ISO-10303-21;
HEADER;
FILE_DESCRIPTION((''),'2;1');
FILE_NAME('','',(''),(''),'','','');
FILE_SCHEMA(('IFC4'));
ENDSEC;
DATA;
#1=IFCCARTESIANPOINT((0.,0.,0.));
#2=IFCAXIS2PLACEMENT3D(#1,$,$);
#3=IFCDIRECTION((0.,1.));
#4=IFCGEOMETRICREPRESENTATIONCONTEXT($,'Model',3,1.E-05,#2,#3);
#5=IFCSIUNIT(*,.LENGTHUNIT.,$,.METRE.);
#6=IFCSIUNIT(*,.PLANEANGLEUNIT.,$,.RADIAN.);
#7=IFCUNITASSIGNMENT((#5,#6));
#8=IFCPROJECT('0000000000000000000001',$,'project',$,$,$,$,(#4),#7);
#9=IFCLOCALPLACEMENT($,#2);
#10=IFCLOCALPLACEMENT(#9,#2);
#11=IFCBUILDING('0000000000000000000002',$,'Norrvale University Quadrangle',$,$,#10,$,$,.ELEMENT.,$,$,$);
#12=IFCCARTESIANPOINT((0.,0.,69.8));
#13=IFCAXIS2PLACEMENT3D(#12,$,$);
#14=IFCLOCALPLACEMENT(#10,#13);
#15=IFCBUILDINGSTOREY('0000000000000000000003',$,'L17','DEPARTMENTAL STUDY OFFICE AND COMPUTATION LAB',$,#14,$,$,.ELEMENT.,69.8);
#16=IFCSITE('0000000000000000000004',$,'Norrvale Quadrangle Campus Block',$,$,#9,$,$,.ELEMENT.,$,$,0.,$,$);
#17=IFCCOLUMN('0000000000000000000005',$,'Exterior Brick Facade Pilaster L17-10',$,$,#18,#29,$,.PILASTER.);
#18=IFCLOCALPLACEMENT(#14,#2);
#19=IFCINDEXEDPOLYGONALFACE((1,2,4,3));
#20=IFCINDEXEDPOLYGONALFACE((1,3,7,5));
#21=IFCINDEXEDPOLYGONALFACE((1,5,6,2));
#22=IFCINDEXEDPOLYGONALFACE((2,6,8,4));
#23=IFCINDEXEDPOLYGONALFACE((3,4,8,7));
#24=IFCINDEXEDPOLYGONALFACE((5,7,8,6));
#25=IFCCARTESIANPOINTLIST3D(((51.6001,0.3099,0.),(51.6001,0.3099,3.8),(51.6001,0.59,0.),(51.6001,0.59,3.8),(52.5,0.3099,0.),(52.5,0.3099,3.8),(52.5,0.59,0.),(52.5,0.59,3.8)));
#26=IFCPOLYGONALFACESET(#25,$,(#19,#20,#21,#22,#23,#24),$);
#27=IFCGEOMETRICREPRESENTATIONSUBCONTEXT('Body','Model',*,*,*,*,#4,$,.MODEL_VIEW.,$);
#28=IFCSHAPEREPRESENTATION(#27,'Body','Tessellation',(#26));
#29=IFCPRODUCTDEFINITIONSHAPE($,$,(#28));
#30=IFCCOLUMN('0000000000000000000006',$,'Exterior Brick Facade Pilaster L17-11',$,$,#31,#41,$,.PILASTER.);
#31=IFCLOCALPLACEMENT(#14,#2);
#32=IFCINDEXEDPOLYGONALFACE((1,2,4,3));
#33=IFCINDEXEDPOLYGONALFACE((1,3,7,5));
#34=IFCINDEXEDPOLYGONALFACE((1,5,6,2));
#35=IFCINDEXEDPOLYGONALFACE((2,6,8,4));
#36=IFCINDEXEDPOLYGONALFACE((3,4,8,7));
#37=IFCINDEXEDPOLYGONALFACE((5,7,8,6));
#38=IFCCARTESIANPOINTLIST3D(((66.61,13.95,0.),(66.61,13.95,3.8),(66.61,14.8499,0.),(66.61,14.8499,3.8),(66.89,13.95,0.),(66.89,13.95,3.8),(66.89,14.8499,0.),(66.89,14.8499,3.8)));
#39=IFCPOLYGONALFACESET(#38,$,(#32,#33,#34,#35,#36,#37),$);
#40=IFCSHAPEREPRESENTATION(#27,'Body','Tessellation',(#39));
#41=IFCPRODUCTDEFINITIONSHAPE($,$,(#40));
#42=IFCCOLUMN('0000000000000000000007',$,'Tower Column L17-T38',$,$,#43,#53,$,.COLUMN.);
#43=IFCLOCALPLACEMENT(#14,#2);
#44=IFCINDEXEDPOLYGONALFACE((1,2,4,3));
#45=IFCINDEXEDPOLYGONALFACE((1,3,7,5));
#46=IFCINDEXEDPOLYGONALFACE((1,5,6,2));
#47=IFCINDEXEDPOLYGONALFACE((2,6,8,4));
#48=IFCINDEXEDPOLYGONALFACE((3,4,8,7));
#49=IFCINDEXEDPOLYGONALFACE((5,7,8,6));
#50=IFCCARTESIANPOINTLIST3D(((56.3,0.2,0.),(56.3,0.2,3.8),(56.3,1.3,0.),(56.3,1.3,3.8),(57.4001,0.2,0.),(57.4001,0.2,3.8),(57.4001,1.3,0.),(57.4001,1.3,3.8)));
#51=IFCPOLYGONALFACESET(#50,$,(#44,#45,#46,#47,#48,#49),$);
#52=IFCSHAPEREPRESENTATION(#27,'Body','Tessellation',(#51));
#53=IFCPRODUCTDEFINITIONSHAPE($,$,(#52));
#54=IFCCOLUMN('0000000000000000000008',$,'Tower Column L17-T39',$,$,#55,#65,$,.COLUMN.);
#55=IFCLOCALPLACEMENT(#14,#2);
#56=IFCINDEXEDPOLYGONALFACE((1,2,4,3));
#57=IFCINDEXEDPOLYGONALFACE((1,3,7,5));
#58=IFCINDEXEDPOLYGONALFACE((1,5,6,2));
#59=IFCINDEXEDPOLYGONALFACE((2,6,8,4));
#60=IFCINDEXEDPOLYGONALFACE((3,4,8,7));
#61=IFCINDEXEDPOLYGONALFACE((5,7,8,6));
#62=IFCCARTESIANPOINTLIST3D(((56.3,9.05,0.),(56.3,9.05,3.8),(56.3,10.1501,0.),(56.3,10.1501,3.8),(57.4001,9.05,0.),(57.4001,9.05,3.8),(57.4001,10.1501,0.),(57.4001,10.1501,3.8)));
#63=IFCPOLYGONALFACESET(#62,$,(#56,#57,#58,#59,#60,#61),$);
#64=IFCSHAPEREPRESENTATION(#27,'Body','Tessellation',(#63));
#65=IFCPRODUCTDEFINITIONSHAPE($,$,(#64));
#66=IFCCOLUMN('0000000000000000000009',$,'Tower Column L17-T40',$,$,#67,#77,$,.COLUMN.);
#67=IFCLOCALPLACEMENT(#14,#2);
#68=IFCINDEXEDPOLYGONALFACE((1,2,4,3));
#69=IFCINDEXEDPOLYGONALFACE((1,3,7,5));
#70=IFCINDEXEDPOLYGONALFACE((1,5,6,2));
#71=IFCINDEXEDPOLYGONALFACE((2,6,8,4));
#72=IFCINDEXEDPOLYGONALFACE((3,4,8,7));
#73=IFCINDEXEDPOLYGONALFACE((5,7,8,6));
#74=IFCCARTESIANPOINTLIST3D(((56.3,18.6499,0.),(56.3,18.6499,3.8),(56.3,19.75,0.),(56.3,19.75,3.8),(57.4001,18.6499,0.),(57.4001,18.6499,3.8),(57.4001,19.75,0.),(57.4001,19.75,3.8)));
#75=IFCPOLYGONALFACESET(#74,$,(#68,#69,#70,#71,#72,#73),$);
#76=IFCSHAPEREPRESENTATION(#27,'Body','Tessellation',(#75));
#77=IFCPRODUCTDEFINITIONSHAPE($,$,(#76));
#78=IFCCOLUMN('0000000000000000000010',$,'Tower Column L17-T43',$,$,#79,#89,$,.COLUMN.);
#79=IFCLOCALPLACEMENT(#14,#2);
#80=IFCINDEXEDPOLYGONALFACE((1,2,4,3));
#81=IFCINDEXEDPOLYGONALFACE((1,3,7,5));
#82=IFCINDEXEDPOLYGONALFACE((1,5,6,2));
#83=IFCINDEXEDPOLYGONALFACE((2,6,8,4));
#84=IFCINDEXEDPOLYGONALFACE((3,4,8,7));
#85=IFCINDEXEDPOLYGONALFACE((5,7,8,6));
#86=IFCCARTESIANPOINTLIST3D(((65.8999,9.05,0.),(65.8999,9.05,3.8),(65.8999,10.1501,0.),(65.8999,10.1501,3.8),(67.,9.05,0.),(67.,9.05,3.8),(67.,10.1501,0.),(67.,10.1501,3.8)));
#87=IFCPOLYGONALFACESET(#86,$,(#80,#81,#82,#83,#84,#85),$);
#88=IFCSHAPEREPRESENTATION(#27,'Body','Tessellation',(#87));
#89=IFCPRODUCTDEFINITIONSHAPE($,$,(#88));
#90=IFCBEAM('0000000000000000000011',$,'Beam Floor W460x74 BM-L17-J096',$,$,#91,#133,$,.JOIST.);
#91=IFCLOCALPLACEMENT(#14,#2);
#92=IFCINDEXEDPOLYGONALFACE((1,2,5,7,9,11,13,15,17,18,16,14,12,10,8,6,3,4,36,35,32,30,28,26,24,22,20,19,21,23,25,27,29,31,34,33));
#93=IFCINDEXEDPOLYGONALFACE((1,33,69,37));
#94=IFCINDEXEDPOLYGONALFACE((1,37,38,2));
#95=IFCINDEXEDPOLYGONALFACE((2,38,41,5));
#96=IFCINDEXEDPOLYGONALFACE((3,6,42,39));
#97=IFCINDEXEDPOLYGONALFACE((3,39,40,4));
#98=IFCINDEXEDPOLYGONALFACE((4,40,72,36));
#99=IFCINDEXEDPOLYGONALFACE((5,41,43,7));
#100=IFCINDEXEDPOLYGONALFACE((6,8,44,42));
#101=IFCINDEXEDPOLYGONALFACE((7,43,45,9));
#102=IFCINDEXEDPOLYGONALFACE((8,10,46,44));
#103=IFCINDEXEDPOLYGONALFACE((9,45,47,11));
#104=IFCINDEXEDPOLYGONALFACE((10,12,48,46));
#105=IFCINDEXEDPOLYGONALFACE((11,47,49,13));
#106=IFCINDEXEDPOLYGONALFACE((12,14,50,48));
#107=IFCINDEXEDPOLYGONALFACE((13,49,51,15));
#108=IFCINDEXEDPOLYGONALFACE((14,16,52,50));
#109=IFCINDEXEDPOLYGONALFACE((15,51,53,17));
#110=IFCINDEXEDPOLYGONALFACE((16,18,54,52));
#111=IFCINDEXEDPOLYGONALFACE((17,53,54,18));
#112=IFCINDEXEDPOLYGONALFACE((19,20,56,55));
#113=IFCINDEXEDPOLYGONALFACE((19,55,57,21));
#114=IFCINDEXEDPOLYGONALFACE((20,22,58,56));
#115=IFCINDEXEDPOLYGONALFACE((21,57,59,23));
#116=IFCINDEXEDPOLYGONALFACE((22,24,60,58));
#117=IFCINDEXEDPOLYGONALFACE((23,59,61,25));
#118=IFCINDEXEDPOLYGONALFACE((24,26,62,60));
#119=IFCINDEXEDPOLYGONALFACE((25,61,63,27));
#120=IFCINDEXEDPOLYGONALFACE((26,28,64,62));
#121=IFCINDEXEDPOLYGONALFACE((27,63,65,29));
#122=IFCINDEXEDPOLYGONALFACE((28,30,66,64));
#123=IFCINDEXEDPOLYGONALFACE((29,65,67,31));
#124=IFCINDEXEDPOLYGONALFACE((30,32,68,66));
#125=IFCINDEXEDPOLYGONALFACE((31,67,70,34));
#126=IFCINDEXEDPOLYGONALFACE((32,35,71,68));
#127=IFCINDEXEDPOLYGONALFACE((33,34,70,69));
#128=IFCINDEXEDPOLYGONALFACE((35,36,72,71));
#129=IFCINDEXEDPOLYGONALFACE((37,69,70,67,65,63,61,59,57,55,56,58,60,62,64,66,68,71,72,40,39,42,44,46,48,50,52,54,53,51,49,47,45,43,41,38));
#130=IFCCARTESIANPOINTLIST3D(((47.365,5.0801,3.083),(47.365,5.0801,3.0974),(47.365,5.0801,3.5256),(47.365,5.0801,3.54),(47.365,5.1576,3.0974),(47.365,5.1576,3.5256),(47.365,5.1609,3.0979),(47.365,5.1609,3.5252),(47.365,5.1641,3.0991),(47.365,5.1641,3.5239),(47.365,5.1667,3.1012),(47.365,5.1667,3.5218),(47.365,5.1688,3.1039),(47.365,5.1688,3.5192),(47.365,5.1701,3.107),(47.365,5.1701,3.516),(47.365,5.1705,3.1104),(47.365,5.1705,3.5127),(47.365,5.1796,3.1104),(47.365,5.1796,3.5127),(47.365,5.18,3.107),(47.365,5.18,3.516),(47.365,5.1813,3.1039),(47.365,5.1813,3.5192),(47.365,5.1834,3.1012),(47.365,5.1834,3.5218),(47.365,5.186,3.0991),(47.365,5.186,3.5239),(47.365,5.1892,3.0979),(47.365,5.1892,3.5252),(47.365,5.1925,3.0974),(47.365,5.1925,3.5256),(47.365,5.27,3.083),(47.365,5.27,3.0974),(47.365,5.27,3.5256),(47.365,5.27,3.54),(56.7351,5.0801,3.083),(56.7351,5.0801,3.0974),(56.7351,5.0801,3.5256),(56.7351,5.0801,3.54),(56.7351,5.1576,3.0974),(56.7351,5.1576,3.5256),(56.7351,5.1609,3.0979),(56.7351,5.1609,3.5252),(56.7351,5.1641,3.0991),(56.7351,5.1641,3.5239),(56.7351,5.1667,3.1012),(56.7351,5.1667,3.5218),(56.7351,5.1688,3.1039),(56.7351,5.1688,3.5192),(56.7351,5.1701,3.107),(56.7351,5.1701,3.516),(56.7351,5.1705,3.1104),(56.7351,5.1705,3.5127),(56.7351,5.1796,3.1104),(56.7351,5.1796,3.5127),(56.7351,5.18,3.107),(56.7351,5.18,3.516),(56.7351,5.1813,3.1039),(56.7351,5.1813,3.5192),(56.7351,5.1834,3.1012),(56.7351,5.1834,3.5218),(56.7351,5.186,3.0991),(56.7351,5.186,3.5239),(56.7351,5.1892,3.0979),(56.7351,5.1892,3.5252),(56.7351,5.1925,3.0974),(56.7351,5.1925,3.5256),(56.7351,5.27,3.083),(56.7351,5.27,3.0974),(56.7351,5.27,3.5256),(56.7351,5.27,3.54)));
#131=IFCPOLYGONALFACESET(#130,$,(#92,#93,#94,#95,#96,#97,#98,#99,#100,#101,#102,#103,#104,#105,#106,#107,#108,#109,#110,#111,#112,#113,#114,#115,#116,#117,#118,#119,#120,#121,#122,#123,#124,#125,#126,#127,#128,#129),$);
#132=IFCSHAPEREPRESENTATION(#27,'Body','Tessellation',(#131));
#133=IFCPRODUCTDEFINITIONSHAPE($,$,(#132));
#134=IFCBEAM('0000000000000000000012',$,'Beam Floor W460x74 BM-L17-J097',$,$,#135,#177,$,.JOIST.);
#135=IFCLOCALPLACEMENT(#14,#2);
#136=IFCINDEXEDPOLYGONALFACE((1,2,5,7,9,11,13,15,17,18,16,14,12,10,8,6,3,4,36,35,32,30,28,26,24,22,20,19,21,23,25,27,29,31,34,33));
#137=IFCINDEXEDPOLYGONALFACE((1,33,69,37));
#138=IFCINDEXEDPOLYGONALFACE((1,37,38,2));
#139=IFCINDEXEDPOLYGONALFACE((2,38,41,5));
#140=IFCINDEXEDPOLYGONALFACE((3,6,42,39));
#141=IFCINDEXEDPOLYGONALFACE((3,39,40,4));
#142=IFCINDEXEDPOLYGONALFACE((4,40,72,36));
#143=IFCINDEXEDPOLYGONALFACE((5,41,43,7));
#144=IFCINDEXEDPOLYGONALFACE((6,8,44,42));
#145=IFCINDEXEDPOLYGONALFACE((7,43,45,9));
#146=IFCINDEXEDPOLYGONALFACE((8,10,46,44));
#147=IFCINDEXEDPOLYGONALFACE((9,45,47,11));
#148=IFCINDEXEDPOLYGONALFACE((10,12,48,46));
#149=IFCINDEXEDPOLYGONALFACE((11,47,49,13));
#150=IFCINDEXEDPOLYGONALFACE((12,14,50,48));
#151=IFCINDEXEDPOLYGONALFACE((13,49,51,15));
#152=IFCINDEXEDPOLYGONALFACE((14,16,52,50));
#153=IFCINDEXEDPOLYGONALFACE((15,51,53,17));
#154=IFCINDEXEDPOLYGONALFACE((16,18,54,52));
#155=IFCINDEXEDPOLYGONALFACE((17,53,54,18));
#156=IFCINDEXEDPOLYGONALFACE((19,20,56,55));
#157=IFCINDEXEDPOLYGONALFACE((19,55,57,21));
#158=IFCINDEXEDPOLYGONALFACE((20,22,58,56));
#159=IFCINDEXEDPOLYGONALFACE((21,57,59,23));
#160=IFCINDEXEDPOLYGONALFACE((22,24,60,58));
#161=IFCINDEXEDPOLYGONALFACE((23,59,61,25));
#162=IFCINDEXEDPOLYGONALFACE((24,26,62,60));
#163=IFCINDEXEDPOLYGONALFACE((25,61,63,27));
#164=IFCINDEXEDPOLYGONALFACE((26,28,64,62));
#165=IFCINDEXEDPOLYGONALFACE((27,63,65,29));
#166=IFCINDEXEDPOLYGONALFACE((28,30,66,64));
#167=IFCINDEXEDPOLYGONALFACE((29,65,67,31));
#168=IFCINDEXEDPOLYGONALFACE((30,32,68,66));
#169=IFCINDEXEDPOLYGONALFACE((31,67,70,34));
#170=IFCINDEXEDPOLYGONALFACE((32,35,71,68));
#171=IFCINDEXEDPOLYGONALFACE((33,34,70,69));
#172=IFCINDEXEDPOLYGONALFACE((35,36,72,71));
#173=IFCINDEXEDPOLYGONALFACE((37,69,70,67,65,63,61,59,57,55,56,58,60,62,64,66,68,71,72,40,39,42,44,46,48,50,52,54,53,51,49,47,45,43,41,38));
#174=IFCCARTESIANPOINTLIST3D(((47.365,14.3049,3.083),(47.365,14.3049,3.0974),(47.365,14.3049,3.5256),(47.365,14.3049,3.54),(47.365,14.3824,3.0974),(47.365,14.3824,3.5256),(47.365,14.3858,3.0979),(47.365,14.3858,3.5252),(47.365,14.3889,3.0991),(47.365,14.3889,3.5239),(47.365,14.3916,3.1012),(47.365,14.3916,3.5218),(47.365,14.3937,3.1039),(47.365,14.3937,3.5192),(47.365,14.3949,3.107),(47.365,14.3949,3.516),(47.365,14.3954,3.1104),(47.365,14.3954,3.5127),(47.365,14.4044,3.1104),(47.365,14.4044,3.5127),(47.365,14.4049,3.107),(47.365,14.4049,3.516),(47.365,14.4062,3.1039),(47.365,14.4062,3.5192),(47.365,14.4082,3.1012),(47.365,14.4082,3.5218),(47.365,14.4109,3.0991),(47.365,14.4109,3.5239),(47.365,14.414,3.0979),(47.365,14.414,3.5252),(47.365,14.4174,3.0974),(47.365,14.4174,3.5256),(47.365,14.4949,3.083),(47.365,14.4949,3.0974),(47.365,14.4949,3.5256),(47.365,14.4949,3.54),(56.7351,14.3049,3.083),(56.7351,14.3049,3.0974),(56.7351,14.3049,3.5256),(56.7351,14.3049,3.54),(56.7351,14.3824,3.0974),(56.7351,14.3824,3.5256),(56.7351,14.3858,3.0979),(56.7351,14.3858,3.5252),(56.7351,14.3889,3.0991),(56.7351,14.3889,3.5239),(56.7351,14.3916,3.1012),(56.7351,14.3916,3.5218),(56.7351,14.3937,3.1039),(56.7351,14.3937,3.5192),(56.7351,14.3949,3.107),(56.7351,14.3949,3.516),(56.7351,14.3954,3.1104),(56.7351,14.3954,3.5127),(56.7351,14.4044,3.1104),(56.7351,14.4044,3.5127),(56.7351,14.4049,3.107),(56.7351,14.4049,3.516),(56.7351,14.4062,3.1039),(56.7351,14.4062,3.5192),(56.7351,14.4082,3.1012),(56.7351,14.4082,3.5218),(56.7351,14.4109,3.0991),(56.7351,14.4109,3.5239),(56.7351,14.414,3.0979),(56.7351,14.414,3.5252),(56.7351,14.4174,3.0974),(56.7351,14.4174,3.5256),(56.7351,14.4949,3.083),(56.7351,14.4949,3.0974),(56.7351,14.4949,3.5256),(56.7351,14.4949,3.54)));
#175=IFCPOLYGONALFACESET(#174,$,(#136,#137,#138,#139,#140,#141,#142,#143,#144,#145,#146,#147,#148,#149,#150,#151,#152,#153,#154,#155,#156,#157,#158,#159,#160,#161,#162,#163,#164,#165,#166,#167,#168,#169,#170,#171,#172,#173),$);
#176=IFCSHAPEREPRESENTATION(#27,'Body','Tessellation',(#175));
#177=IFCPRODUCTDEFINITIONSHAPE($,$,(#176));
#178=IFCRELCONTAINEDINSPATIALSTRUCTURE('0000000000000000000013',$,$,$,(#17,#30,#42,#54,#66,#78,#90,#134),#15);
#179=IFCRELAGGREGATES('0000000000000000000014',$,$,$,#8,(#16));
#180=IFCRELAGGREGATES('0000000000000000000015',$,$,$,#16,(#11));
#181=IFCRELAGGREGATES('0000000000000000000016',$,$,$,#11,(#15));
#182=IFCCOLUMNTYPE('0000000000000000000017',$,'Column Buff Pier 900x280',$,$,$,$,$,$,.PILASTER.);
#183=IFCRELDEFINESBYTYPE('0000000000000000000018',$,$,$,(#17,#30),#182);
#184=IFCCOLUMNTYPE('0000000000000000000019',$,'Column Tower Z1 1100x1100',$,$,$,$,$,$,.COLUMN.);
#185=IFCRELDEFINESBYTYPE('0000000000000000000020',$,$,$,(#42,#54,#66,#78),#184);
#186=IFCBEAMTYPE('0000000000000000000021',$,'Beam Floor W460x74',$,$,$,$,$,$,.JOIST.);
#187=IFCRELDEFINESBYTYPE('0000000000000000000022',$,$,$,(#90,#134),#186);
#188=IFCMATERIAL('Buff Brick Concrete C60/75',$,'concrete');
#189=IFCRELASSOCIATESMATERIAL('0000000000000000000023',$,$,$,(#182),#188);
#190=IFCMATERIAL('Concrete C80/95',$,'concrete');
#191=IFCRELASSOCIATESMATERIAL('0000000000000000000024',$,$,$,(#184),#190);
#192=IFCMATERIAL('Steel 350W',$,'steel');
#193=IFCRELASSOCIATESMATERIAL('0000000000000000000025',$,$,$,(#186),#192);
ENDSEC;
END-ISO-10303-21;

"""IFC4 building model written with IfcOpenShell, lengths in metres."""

from ifc_helpers import new_model, si_unit, direction, frame, origin, origin_2d, place, context, subcontext, project, spatial, rectangle, i_section, extrude, material, material_profile, profile_set, type_object, element, save


model = new_model("IFC4")

# Units and contexts
model_context = context("Model", 3, precision=1e-05, world=origin(), true_north=direction((0.0, 1.0)))
body_context = subcontext(model_context, "Body", "Model", "MODEL_VIEW")
ifc_project = project(units=[si_unit("LENGTHUNIT", "METRE"), si_unit("PLANEANGLEUNIT", "RADIAN")], contexts=[model_context])

# Site, building, storey
site_placement = place(None, origin())
site = spatial("IfcSite", under=ifc_project, at=site_placement, Name="Norrvale Quadrangle Campus Block", CompositionType="ELEMENT", RefElevation=0.0)
building_placement = place(site_placement, origin())
building = spatial("IfcBuilding", under=site, at=building_placement, Name="Norrvale University Quadrangle", CompositionType="ELEMENT")
storey_placement = place(building_placement, frame((0.0, 0.0, 69.8)))
storey = spatial("IfcBuildingStorey", under=building, at=storey_placement, Name="L17", Description="DEPARTMENTAL STUDY OFFICE AND COMPUTATION LAB", CompositionType="ELEMENT", Elevation=69.8)

# Columns
ifc_material_1 = material(Name="Buff Brick Concrete C60/75", Category="concrete")
ifc_material_profile_1 = material_profile(ifc_material_1, rectangle(XDim=0.8999, YDim=0.28, at=origin_2d()), Name="Buff Brick Concrete C60/75")
ifc_profile_set_1 = profile_set([ifc_material_profile_1], Name="Buff Brick Concrete C60/75")
column_type_1 = type_object("IfcColumnType", Name="Column Buff Pier 900x280", PredefinedType="PILASTER", material=ifc_profile_set_1)
for number, where, z_axis, x_axis, name in (
    (1, (52.05, 0.45, 0.0), (0.0, 0.0, 1.0), (1.0, 0.0, 0.0), "Exterior Brick Facade Pilaster L17-10"),
    (2, (66.75, 14.3999, 0.0), (0.0, 0.0, 1.0), (0.0, 1.0, 0.0), "Exterior Brick Facade Pilaster L17-11"),
):
    element("IfcColumn", number, at=place(storey_placement, frame(where, z_axis=z_axis, x_axis=x_axis)), inside=storey, type_object=column_type_1, Name=name, PredefinedType="PILASTER", context=body_context, shape_type="SweptSolid", body=[
        extrude(rectangle(XDim=0.8999, YDim=0.28, at=origin_2d()), origin(), (0.0, 0.0, 1.0), 3.8),
    ])
ifc_material_2 = material(Name="Concrete C80/95", Category="concrete")
ifc_material_profile_2 = material_profile(ifc_material_2, rectangle(XDim=1.1001, YDim=1.1001, at=origin_2d()), Name="Concrete C80/95")
ifc_profile_set_2 = profile_set([ifc_material_profile_2], Name="Concrete C80/95")
column_type_2 = type_object("IfcColumnType", Name="Column Tower Z1 1100x1100", PredefinedType="COLUMN", material=ifc_profile_set_2)
for number, where, z_axis, x_axis, name in (
    (3, (56.8501, 0.75, 0.0), (0.0, 0.0, 1.0), (1.0, 0.0, 0.0), "Tower Column L17-T38"),
    (4, (56.8501, 9.6001, 0.0), (0.0, 0.0, 1.0), (1.0, 0.0, 0.0), "Tower Column L17-T39"),
    (5, (56.8501, 19.2, 0.0), (0.0, 0.0, 1.0), (1.0, 0.0, 0.0), "Tower Column L17-T40"),
    (6, (66.45, 9.6001, 0.0), (0.0, 0.0, 1.0), (1.0, 0.0, 0.0), "Tower Column L17-T43"),
):
    element("IfcColumn", number, at=place(storey_placement, frame(where, z_axis=z_axis, x_axis=x_axis)), inside=storey, type_object=column_type_2, Name=name, PredefinedType="COLUMN", context=body_context, shape_type="SweptSolid", body=[
        extrude(rectangle(XDim=1.1001, YDim=1.1001, at=origin_2d()), origin(), (0.0, 0.0, 1.0), 3.8),
    ])

# Beams
ifc_material_3 = material(Name="Steel 350W", Category="steel")
ifc_material_profile_3 = material_profile(ifc_material_3, i_section(OverallWidth=0.1899, OverallDepth=0.457, WebThickness=0.009, FlangeThickness=0.0144, FilletRadius=0.0129, at=origin_2d()), Name="Steel 350W")
ifc_profile_set_3 = profile_set([ifc_material_profile_3], Name="Steel 350W")
beam_type_1 = type_object("IfcBeamType", Name="Beam Floor W460x74", PredefinedType="JOIST", material=ifc_profile_set_3)
for number, where, z_axis, x_axis, name in (
    (7, (47.365, 5.175, 3.3115), (1.0, 0.0, 0.0), (0.0, 1.0, 0.0), "Beam Floor W460x74 BM-L17-J096"),
    (8, (47.365, 14.3999, 3.3115), (1.0, 0.0, 0.0), (0.0, 1.0, 0.0), "Beam Floor W460x74 BM-L17-J097"),
):
    element("IfcBeam", number, at=place(storey_placement, frame(where, z_axis=z_axis, x_axis=x_axis)), inside=storey, type_object=beam_type_1, Name=name, PredefinedType="JOIST", context=body_context, shape_type="SweptSolid", body=[
        extrude(i_section(OverallWidth=0.1899, OverallDepth=0.457, WebThickness=0.009, FlangeThickness=0.0144, FilletRadius=0.0129, at=origin_2d()), origin(), (0.0, 0.0, 1.0), 9.3701),
    ])

save(model, "model.ifc")
